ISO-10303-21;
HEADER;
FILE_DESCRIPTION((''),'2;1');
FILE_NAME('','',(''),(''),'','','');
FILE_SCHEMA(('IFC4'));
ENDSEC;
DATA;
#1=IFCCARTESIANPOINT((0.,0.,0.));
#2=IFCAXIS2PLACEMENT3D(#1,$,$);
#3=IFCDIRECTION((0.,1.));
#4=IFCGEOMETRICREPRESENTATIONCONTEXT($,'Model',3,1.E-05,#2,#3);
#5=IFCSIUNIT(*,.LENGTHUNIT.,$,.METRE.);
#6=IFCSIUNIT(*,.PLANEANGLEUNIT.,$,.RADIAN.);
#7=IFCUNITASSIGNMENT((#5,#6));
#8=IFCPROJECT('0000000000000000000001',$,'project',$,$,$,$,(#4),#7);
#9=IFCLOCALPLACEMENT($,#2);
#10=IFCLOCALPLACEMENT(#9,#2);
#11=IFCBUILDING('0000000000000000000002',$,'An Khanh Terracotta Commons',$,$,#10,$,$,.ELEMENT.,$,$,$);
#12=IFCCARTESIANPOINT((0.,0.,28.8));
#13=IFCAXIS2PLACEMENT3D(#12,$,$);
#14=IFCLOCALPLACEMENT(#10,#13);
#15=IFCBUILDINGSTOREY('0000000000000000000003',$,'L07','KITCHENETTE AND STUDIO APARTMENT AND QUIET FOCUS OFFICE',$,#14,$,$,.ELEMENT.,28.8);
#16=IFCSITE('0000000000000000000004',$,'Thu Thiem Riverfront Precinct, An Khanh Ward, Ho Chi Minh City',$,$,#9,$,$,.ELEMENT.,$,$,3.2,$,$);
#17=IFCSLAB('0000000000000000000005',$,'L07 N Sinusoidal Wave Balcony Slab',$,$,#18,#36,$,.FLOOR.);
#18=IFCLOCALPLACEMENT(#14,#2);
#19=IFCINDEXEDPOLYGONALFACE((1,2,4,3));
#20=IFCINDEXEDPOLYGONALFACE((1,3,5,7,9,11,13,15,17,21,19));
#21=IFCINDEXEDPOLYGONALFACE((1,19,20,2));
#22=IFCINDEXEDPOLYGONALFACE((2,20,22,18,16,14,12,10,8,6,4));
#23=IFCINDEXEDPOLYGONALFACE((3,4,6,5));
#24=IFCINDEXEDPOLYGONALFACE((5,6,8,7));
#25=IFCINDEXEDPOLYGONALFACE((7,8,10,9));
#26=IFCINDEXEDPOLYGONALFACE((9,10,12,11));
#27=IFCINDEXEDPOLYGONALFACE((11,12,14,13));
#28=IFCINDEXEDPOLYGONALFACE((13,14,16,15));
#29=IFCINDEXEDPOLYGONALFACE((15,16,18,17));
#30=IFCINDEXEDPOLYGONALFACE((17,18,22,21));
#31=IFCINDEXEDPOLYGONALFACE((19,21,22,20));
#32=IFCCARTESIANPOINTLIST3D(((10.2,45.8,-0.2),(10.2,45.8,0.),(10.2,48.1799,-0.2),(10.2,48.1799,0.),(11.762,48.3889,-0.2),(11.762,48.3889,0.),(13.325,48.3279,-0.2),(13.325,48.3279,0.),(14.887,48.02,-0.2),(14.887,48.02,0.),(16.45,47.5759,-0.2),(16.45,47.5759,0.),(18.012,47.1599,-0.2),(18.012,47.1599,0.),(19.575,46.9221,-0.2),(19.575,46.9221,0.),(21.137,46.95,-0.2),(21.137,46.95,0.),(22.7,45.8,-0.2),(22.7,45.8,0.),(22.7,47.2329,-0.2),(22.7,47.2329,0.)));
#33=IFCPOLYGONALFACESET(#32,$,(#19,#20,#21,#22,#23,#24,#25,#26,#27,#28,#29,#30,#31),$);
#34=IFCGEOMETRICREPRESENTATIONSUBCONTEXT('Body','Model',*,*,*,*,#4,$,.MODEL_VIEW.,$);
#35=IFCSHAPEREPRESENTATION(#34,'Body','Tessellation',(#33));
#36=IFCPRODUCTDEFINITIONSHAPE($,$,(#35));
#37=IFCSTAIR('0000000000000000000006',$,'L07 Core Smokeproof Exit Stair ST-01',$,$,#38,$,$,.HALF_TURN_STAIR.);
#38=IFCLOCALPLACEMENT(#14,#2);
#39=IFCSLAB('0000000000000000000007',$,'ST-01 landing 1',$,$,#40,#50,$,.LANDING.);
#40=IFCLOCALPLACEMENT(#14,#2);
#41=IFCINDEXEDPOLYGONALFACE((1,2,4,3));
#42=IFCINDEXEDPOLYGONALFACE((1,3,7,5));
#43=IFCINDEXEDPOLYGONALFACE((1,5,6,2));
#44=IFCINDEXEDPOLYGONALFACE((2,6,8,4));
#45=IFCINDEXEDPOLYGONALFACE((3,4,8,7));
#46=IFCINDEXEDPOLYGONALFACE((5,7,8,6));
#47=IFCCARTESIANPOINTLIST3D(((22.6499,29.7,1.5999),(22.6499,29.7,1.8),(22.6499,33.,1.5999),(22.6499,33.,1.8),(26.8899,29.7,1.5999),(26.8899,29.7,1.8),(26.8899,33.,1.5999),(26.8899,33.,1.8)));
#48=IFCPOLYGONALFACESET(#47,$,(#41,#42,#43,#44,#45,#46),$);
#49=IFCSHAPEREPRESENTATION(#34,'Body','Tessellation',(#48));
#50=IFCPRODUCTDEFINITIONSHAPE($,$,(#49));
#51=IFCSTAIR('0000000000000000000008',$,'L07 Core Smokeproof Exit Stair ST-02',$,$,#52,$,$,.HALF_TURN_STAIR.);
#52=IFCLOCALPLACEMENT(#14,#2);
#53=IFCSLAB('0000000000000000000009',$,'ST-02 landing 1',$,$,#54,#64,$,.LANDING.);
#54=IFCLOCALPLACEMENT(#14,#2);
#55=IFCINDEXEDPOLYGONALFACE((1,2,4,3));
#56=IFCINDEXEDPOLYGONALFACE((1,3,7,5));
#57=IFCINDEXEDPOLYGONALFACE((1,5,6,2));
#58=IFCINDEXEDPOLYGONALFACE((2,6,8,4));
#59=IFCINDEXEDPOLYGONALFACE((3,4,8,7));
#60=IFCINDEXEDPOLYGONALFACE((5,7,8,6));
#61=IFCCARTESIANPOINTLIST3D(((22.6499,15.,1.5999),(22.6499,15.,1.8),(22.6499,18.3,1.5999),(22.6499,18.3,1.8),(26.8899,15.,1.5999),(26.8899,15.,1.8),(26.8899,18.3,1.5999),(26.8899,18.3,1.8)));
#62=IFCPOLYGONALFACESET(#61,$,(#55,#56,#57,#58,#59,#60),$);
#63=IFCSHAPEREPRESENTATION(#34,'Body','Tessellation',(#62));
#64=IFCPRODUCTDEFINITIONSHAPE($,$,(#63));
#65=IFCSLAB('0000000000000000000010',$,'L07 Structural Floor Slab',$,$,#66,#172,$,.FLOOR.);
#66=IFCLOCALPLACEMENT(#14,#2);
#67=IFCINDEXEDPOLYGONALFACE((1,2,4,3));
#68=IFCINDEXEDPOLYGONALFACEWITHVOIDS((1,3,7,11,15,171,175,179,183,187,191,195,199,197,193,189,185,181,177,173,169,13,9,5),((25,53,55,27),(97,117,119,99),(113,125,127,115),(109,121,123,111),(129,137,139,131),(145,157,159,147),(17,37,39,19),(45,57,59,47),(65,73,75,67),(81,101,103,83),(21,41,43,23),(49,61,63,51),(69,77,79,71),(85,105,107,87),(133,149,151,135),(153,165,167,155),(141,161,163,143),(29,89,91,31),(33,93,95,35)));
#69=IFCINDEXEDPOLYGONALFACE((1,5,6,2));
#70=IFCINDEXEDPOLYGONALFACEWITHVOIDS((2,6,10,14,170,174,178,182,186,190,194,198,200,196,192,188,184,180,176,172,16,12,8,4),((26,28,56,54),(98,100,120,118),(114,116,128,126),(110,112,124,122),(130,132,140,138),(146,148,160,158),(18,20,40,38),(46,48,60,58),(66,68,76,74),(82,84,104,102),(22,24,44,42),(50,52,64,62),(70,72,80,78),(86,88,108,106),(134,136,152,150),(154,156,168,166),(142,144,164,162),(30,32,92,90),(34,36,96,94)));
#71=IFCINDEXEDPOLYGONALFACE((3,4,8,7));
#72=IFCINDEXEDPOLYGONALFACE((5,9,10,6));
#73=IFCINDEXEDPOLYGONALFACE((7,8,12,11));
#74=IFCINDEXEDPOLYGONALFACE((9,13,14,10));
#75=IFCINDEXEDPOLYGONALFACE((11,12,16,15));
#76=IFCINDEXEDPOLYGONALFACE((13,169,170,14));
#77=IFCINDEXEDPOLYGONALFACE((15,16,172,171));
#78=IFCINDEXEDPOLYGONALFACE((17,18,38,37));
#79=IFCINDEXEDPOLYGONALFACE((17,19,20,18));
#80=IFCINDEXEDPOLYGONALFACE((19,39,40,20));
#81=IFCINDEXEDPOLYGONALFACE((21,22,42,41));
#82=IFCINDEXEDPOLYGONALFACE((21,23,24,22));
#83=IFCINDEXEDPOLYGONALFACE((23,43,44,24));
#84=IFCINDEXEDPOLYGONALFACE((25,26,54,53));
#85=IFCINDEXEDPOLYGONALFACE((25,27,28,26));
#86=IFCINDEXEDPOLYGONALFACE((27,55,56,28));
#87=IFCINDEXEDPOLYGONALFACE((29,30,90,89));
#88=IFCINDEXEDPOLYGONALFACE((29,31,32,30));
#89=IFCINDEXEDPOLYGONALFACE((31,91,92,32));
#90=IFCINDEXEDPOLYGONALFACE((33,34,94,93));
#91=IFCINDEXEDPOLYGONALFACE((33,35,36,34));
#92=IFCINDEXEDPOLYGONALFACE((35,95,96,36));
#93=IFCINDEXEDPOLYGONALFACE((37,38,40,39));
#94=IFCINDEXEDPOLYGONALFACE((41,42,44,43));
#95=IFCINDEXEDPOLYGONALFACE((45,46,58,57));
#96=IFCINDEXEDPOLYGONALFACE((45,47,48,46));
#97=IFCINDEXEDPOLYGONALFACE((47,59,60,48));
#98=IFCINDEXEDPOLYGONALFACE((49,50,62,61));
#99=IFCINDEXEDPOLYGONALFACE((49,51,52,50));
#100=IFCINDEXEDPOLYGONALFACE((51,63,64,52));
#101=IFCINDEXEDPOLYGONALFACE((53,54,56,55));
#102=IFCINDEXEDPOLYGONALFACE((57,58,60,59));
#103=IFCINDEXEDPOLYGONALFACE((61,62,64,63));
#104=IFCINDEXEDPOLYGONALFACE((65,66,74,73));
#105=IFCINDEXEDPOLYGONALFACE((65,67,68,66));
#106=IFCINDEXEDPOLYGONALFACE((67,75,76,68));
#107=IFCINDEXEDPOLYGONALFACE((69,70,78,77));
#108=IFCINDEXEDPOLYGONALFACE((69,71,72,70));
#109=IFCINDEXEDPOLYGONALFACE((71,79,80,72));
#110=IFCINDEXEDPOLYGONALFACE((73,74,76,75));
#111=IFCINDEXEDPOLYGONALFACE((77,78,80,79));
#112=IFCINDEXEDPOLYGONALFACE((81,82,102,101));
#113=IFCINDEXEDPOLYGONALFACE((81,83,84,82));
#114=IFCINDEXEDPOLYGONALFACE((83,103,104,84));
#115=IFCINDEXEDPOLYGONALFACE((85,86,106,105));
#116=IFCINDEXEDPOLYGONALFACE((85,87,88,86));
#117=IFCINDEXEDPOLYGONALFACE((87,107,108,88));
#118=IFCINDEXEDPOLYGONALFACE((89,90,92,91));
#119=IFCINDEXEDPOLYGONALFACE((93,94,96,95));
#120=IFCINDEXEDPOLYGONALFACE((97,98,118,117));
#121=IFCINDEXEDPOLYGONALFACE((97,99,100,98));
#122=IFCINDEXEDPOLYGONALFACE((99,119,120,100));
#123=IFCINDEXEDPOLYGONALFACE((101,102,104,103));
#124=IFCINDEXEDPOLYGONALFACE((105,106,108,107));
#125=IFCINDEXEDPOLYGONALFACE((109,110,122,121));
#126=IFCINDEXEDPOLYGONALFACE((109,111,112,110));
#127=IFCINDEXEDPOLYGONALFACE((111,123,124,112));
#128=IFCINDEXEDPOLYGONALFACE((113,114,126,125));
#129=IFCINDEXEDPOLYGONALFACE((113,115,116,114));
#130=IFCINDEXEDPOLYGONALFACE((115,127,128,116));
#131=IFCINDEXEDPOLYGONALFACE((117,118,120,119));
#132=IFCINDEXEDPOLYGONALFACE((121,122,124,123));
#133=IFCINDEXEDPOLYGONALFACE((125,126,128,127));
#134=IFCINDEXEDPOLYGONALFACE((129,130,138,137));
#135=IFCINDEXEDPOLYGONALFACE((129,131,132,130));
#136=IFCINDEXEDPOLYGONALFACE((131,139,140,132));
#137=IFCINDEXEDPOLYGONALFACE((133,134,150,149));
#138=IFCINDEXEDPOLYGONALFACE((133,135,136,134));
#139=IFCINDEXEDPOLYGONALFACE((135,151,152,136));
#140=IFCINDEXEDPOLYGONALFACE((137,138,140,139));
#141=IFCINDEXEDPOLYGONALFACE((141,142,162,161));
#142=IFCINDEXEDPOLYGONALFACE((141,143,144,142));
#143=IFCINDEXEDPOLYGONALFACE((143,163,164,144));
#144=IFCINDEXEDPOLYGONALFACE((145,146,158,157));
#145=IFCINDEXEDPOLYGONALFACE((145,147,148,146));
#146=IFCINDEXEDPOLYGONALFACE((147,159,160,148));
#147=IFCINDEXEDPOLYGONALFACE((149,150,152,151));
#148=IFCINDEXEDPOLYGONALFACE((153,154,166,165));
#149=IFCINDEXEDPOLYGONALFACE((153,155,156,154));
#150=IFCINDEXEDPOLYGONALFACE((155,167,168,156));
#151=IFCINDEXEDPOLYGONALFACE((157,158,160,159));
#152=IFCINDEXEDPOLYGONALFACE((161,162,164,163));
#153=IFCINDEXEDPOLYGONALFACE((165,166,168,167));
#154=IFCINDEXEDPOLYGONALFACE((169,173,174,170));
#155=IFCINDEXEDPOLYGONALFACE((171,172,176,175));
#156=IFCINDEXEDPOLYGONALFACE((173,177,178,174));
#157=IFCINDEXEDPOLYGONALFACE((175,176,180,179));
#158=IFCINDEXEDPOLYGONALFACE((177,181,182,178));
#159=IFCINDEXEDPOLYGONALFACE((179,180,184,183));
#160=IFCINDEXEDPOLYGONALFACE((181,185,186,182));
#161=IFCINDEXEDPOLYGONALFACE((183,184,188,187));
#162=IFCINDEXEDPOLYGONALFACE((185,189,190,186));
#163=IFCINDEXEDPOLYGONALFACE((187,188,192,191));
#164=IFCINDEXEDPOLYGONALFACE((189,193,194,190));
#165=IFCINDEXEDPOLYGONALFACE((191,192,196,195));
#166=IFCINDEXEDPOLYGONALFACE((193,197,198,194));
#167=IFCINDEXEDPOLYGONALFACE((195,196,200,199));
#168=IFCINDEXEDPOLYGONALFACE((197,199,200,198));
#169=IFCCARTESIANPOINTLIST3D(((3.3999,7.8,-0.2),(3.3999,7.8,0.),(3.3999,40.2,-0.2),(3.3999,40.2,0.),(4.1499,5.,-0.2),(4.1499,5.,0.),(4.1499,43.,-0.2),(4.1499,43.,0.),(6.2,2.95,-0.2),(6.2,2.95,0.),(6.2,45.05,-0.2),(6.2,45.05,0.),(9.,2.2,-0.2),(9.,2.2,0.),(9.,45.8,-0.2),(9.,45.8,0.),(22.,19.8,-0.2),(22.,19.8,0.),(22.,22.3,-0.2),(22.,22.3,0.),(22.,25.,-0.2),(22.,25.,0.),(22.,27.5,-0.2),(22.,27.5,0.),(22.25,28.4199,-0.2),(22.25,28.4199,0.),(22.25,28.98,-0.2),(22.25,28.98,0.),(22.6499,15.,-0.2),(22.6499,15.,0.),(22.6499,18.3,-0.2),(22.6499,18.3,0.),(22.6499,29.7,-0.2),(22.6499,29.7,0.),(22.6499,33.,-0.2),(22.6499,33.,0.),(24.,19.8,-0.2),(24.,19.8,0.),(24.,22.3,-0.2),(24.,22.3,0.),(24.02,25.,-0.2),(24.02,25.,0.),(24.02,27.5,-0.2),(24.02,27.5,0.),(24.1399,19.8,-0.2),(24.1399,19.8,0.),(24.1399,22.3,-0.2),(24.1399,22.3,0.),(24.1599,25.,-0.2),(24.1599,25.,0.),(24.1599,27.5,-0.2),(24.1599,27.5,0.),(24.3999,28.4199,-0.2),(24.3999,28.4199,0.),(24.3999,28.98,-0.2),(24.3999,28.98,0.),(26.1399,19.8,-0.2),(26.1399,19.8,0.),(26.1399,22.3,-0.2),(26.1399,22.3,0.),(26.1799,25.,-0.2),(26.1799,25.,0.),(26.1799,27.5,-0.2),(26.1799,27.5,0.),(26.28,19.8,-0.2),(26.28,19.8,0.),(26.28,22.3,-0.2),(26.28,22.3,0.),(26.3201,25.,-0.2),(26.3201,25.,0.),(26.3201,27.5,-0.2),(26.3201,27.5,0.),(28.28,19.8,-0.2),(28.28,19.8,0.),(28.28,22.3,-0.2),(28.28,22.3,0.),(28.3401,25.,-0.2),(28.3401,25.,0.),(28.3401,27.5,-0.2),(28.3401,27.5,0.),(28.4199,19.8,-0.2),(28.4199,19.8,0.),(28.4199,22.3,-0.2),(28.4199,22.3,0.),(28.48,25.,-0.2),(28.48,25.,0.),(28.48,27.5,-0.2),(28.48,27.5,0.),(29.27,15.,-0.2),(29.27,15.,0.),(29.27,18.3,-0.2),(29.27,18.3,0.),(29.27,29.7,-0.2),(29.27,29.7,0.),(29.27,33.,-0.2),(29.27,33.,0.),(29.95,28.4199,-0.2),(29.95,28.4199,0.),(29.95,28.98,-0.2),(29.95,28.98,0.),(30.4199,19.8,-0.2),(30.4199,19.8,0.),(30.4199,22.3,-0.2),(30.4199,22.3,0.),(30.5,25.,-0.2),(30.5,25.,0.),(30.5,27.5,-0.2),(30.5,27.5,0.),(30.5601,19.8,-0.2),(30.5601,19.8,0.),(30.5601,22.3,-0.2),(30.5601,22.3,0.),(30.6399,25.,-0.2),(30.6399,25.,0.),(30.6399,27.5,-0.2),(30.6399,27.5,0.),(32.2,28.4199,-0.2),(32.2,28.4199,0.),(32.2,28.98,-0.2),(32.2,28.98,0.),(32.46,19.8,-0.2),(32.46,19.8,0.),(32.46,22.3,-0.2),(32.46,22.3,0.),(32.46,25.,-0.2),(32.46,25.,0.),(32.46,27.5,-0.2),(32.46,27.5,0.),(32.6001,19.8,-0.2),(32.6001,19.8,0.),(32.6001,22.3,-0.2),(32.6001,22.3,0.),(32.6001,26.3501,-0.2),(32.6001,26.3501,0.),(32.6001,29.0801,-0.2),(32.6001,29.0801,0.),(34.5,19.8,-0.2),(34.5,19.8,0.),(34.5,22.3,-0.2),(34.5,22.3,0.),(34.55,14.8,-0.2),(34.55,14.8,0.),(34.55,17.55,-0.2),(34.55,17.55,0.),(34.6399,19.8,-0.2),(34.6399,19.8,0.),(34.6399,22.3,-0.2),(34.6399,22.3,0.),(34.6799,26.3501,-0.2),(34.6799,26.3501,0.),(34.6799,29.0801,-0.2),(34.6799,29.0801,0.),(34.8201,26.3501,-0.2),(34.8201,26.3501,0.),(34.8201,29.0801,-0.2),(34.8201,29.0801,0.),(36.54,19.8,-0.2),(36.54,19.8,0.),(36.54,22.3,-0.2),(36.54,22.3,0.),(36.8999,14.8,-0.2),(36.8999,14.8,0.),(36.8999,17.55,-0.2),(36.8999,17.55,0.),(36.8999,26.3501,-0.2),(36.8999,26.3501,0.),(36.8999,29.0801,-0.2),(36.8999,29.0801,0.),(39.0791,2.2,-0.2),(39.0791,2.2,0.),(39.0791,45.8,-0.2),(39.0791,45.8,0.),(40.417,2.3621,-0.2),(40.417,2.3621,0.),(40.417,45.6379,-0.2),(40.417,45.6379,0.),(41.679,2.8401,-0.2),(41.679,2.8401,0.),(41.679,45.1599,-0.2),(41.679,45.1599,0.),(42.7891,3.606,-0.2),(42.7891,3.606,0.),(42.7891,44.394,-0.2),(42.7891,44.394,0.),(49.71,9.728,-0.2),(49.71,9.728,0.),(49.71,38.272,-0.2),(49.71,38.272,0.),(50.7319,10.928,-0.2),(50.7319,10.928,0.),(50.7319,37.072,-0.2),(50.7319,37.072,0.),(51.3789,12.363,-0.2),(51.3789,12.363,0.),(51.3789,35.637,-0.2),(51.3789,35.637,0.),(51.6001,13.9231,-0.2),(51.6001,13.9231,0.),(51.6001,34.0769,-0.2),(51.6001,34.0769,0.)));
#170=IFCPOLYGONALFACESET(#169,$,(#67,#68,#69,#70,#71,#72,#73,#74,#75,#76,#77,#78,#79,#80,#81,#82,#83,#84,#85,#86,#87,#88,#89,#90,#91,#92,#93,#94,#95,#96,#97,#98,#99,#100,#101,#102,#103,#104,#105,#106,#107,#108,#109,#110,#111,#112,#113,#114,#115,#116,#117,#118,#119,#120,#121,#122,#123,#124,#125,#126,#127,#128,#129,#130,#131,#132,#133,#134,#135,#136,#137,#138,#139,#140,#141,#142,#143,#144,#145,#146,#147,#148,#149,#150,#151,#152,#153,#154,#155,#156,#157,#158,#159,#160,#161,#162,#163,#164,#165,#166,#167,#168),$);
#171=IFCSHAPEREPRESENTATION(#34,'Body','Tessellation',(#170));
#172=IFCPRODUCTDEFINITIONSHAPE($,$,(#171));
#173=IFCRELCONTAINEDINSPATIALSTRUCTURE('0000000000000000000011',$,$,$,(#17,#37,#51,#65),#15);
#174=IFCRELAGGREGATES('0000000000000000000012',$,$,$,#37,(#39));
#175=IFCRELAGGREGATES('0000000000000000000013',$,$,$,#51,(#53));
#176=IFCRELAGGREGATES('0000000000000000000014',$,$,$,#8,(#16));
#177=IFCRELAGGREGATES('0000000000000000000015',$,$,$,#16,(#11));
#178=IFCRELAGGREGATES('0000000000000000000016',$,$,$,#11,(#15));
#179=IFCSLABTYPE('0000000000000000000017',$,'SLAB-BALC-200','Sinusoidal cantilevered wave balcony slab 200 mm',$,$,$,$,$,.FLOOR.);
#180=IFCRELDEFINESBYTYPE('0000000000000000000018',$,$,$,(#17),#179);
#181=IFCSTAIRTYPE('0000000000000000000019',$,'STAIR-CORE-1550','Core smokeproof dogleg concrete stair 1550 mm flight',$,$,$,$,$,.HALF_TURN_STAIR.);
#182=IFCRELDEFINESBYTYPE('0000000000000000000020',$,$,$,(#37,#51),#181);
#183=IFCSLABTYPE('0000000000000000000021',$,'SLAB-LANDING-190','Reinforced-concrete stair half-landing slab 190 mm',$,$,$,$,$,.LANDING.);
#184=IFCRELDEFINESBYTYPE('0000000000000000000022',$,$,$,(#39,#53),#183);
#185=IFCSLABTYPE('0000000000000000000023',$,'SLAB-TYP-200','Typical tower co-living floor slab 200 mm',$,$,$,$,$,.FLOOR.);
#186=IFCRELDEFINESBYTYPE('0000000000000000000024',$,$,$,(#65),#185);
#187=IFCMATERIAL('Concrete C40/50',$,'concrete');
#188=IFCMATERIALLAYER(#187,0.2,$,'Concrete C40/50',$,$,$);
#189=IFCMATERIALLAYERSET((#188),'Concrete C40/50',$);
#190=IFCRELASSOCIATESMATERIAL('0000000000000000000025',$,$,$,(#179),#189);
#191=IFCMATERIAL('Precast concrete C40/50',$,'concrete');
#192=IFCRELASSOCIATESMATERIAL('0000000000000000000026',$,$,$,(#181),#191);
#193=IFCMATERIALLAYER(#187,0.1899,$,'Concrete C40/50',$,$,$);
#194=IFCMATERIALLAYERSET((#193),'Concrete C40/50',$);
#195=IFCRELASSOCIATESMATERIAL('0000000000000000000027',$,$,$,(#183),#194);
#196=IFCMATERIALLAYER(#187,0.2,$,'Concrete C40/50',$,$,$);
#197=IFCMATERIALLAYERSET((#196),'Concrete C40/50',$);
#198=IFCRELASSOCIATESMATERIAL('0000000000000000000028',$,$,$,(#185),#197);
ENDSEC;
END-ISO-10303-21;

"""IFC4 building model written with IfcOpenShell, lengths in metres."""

from ifc_helpers import new_model, si_unit, direction, frame, origin, place, context, subcontext, project, spatial, polyline, outline, extrude, material, layer, layer_set, type_object, element, aggregate, save


model = new_model("IFC4")

# Units and contexts
model_context = context("Model", 3, precision=1e-05, world=origin(), true_north=direction((0.0, 1.0)))
body_context = subcontext(model_context, "Body", "Model", "MODEL_VIEW")
ifc_project = project(units=[si_unit("LENGTHUNIT", "METRE"), si_unit("PLANEANGLEUNIT", "RADIAN")], contexts=[model_context])

# Site, building, storey
site_placement = place(None, origin())
site = spatial("IfcSite", under=ifc_project, at=site_placement, Name="Thu Thiem Riverfront Precinct, An Khanh Ward, Ho Chi Minh City", CompositionType="ELEMENT", RefElevation=3.2)
building_placement = place(site_placement, origin())
building = spatial("IfcBuilding", under=site, at=building_placement, Name="An Khanh Terracotta Commons", CompositionType="ELEMENT")
storey_placement = place(building_placement, frame((0.0, 0.0, 28.8)))
storey = spatial("IfcBuildingStorey", under=building, at=storey_placement, Name="L07", Description="KITCHENETTE AND STUDIO APARTMENT AND QUIET FOCUS OFFICE", CompositionType="ELEMENT", Elevation=28.8)

# Slab
ifc_material_1 = material(Name="Concrete C40/50", Category="concrete")
ifc_layer_1 = layer(ifc_material_1, 0.2, Name="Concrete C40/50")
ifc_layer_set_1 = layer_set([ifc_layer_1], Name="Concrete C40/50")
slab_type_1 = type_object("IfcSlabType", Name="SLAB-BALC-200", Description="Sinusoidal cantilevered wave balcony slab 200 mm", PredefinedType="FLOOR", material=ifc_layer_set_1)
slab_1_placement = place(storey_placement, frame((0.0, 0.0, -0.2)))
element("IfcSlab", 1, at=slab_1_placement, inside=storey, type_object=slab_type_1, Name="L07 N Sinusoidal Wave Balcony Slab", PredefinedType="FLOOR", context=body_context, shape_type="SweptSolid", body=[
    extrude(outline(polyline([(22.7, 45.8), (22.7, 47.2329), (21.137, 46.95), (19.575, 46.9221), (18.012, 47.1599), (16.45, 47.5759), (14.887, 48.02), (13.325, 48.3279), (11.762, 48.3889), (10.2, 48.1799), (10.2, 45.8), (22.7, 45.8)])), origin(), (0.0, 0.0, 1.0), 0.2),
])

# Stairs, slabs
ifc_material_2 = material(Name="Precast concrete C40/50", Category="concrete")
stair_type = type_object("IfcStairType", Name="STAIR-CORE-1550", Description="Core smokeproof dogleg concrete stair 1550 mm flight", PredefinedType="HALF_TURN_STAIR", material=ifc_material_2)
stair_1_placement = place(storey_placement, origin())
stair_1 = element("IfcStair", 2, at=stair_1_placement, inside=storey, type_object=stair_type, Name="L07 Core Smokeproof Exit Stair ST-01", PredefinedType="HALF_TURN_STAIR")
ifc_layer_2 = layer(ifc_material_1, 0.1899, Name="Concrete C40/50")
ifc_layer_set_2 = layer_set([ifc_layer_2], Name="Concrete C40/50")
slab_type_2 = type_object("IfcSlabType", Name="SLAB-LANDING-190", Description="Reinforced-concrete stair half-landing slab 190 mm", PredefinedType="LANDING", material=ifc_layer_set_2)
slab_2_placement = place(storey_placement, frame((0.0, 0.0, 1.5999)))
slab_2 = element("IfcSlab", 3, at=slab_2_placement, type_object=slab_type_2, Name="ST-01 landing 1", PredefinedType="LANDING", context=body_context, shape_type="SweptSolid", body=[
    extrude(outline(polyline([(26.8899, 33.0), (22.6499, 33.0), (22.6499, 29.7), (26.8899, 29.7), (26.8899, 33.0)])), origin(), (0.0, 0.0, 1.0), 0.2002),
])
aggregate(stair_1, [slab_2])
stair_2_placement = place(storey_placement, origin())
stair_2 = element("IfcStair", 4, at=stair_2_placement, inside=storey, type_object=stair_type, Name="L07 Core Smokeproof Exit Stair ST-02", PredefinedType="HALF_TURN_STAIR")
slab_3_placement = place(storey_placement, frame((0.0, 0.0, 1.5999)))
slab_3 = element("IfcSlab", 5, at=slab_3_placement, type_object=slab_type_2, Name="ST-02 landing 1", PredefinedType="LANDING", context=body_context, shape_type="SweptSolid", body=[
    extrude(outline(polyline([(26.8899, 18.3), (22.6499, 18.3), (22.6499, 15.0), (26.8899, 15.0), (26.8899, 18.3)])), origin(), (0.0, 0.0, 1.0), 0.2002),
])
aggregate(stair_2, [slab_3])

# Slab
ifc_layer_3 = layer(ifc_material_1, 0.2, Name="Concrete C40/50")
ifc_layer_set_3 = layer_set([ifc_layer_3], Name="Concrete C40/50")
slab_type_3 = type_object("IfcSlabType", Name="SLAB-TYP-200", Description="Typical tower co-living floor slab 200 mm", PredefinedType="FLOOR", material=ifc_layer_set_3)
slab_4_placement = place(storey_placement, frame((0.0, 0.0, -0.2)))
element("IfcSlab", 6, at=slab_4_placement, inside=storey, type_object=slab_type_3, Name="L07 Structural Floor Slab", PredefinedType="FLOOR", context=body_context, shape_type="SweptSolid", body=[
    extrude(outline(polyline([(3.3999, 7.8), (4.1499, 5.0), (6.2, 2.95), (9.0, 2.2), (39.0791, 2.2), (40.417, 2.3621), (41.679, 2.8401), (42.7891, 3.606), (49.71, 9.728), (50.7319, 10.928), (51.3789, 12.363), (51.6001, 13.9231), (51.6001, 34.0769), (51.3789, 35.637), (50.7319, 37.072), (49.71, 38.272), (42.7891, 44.394), (41.679, 45.1599), (40.417, 45.6379), (39.0791, 45.8), (9.0, 45.8), (6.2, 45.05), (4.1499, 43.0), (3.3999, 40.2), (3.3999, 7.8)]), holes=[polyline([(22.6499, 29.7), (29.27, 29.7), (29.27, 33.0), (22.6499, 33.0), (22.6499, 29.7)]), polyline([(22.6499, 15.0), (29.27, 15.0), (29.27, 18.3), (22.6499, 18.3), (22.6499, 15.0)]), polyline([(32.6001, 26.3501), (34.6799, 26.3501), (34.6799, 29.0801), (32.6001, 29.0801), (32.6001, 26.3501)]), polyline([(34.8201, 26.3501), (36.8999, 26.3501), (36.8999, 29.0801), (34.8201, 29.0801), (34.8201, 26.3501)]), polyline([(34.55, 14.8), (36.8999, 14.8), (36.8999, 17.55), (34.55, 17.55), (34.55, 14.8)]), polyline([(22.0, 25.0), (24.02, 25.0), (24.02, 27.5), (22.0, 27.5), (22.0, 25.0)]), polyline([(24.1599, 25.0), (26.1799, 25.0), (26.1799, 27.5), (24.1599, 27.5), (24.1599, 25.0)]), polyline([(22.0, 19.8), (24.0, 19.8), (24.0, 22.3), (22.0, 22.3), (22.0, 19.8)]), polyline([(24.1399, 19.8), (26.1399, 19.8), (26.1399, 22.3), (24.1399, 22.3), (24.1399, 19.8)]), polyline([(26.3201, 25.0), (28.3401, 25.0), (28.3401, 27.5), (26.3201, 27.5), (26.3201, 25.0)]), polyline([(28.48, 25.0), (30.5, 25.0), (30.5, 27.5), (28.48, 27.5), (28.48, 25.0)]), polyline([(26.28, 19.8), (28.28, 19.8), (28.28, 22.3), (26.28, 22.3), (26.28, 19.8)]), polyline([(28.4199, 19.8), (30.4199, 19.8), (30.4199, 22.3), (28.4199, 22.3), (28.4199, 19.8)]), polyline([(30.6399, 25.0), (32.46, 25.0), (32.46, 27.5), (30.6399, 27.5), (30.6399, 25.0)]), polyline([(30.5601, 19.8), (32.46, 19.8), (32.46, 22.3), (30.5601, 22.3), (30.5601, 19.8)]), polyline([(32.6001, 19.8), (34.5, 19.8), (34.5, 22.3), (32.6001, 22.3), (32.6001, 19.8)]), polyline([(34.6399, 19.8), (36.54, 19.8), (36.54, 22.3), (34.6399, 22.3), (34.6399, 19.8)]), polyline([(22.25, 28.4199), (24.3999, 28.4199), (24.3999, 28.98), (22.25, 28.98), (22.25, 28.4199)]), polyline([(29.95, 28.4199), (32.2, 28.4199), (32.2, 28.98), (29.95, 28.98), (29.95, 28.4199)])]), origin(), (0.0, 0.0, 1.0), 0.2),
])

save(model, "model.ifc")
